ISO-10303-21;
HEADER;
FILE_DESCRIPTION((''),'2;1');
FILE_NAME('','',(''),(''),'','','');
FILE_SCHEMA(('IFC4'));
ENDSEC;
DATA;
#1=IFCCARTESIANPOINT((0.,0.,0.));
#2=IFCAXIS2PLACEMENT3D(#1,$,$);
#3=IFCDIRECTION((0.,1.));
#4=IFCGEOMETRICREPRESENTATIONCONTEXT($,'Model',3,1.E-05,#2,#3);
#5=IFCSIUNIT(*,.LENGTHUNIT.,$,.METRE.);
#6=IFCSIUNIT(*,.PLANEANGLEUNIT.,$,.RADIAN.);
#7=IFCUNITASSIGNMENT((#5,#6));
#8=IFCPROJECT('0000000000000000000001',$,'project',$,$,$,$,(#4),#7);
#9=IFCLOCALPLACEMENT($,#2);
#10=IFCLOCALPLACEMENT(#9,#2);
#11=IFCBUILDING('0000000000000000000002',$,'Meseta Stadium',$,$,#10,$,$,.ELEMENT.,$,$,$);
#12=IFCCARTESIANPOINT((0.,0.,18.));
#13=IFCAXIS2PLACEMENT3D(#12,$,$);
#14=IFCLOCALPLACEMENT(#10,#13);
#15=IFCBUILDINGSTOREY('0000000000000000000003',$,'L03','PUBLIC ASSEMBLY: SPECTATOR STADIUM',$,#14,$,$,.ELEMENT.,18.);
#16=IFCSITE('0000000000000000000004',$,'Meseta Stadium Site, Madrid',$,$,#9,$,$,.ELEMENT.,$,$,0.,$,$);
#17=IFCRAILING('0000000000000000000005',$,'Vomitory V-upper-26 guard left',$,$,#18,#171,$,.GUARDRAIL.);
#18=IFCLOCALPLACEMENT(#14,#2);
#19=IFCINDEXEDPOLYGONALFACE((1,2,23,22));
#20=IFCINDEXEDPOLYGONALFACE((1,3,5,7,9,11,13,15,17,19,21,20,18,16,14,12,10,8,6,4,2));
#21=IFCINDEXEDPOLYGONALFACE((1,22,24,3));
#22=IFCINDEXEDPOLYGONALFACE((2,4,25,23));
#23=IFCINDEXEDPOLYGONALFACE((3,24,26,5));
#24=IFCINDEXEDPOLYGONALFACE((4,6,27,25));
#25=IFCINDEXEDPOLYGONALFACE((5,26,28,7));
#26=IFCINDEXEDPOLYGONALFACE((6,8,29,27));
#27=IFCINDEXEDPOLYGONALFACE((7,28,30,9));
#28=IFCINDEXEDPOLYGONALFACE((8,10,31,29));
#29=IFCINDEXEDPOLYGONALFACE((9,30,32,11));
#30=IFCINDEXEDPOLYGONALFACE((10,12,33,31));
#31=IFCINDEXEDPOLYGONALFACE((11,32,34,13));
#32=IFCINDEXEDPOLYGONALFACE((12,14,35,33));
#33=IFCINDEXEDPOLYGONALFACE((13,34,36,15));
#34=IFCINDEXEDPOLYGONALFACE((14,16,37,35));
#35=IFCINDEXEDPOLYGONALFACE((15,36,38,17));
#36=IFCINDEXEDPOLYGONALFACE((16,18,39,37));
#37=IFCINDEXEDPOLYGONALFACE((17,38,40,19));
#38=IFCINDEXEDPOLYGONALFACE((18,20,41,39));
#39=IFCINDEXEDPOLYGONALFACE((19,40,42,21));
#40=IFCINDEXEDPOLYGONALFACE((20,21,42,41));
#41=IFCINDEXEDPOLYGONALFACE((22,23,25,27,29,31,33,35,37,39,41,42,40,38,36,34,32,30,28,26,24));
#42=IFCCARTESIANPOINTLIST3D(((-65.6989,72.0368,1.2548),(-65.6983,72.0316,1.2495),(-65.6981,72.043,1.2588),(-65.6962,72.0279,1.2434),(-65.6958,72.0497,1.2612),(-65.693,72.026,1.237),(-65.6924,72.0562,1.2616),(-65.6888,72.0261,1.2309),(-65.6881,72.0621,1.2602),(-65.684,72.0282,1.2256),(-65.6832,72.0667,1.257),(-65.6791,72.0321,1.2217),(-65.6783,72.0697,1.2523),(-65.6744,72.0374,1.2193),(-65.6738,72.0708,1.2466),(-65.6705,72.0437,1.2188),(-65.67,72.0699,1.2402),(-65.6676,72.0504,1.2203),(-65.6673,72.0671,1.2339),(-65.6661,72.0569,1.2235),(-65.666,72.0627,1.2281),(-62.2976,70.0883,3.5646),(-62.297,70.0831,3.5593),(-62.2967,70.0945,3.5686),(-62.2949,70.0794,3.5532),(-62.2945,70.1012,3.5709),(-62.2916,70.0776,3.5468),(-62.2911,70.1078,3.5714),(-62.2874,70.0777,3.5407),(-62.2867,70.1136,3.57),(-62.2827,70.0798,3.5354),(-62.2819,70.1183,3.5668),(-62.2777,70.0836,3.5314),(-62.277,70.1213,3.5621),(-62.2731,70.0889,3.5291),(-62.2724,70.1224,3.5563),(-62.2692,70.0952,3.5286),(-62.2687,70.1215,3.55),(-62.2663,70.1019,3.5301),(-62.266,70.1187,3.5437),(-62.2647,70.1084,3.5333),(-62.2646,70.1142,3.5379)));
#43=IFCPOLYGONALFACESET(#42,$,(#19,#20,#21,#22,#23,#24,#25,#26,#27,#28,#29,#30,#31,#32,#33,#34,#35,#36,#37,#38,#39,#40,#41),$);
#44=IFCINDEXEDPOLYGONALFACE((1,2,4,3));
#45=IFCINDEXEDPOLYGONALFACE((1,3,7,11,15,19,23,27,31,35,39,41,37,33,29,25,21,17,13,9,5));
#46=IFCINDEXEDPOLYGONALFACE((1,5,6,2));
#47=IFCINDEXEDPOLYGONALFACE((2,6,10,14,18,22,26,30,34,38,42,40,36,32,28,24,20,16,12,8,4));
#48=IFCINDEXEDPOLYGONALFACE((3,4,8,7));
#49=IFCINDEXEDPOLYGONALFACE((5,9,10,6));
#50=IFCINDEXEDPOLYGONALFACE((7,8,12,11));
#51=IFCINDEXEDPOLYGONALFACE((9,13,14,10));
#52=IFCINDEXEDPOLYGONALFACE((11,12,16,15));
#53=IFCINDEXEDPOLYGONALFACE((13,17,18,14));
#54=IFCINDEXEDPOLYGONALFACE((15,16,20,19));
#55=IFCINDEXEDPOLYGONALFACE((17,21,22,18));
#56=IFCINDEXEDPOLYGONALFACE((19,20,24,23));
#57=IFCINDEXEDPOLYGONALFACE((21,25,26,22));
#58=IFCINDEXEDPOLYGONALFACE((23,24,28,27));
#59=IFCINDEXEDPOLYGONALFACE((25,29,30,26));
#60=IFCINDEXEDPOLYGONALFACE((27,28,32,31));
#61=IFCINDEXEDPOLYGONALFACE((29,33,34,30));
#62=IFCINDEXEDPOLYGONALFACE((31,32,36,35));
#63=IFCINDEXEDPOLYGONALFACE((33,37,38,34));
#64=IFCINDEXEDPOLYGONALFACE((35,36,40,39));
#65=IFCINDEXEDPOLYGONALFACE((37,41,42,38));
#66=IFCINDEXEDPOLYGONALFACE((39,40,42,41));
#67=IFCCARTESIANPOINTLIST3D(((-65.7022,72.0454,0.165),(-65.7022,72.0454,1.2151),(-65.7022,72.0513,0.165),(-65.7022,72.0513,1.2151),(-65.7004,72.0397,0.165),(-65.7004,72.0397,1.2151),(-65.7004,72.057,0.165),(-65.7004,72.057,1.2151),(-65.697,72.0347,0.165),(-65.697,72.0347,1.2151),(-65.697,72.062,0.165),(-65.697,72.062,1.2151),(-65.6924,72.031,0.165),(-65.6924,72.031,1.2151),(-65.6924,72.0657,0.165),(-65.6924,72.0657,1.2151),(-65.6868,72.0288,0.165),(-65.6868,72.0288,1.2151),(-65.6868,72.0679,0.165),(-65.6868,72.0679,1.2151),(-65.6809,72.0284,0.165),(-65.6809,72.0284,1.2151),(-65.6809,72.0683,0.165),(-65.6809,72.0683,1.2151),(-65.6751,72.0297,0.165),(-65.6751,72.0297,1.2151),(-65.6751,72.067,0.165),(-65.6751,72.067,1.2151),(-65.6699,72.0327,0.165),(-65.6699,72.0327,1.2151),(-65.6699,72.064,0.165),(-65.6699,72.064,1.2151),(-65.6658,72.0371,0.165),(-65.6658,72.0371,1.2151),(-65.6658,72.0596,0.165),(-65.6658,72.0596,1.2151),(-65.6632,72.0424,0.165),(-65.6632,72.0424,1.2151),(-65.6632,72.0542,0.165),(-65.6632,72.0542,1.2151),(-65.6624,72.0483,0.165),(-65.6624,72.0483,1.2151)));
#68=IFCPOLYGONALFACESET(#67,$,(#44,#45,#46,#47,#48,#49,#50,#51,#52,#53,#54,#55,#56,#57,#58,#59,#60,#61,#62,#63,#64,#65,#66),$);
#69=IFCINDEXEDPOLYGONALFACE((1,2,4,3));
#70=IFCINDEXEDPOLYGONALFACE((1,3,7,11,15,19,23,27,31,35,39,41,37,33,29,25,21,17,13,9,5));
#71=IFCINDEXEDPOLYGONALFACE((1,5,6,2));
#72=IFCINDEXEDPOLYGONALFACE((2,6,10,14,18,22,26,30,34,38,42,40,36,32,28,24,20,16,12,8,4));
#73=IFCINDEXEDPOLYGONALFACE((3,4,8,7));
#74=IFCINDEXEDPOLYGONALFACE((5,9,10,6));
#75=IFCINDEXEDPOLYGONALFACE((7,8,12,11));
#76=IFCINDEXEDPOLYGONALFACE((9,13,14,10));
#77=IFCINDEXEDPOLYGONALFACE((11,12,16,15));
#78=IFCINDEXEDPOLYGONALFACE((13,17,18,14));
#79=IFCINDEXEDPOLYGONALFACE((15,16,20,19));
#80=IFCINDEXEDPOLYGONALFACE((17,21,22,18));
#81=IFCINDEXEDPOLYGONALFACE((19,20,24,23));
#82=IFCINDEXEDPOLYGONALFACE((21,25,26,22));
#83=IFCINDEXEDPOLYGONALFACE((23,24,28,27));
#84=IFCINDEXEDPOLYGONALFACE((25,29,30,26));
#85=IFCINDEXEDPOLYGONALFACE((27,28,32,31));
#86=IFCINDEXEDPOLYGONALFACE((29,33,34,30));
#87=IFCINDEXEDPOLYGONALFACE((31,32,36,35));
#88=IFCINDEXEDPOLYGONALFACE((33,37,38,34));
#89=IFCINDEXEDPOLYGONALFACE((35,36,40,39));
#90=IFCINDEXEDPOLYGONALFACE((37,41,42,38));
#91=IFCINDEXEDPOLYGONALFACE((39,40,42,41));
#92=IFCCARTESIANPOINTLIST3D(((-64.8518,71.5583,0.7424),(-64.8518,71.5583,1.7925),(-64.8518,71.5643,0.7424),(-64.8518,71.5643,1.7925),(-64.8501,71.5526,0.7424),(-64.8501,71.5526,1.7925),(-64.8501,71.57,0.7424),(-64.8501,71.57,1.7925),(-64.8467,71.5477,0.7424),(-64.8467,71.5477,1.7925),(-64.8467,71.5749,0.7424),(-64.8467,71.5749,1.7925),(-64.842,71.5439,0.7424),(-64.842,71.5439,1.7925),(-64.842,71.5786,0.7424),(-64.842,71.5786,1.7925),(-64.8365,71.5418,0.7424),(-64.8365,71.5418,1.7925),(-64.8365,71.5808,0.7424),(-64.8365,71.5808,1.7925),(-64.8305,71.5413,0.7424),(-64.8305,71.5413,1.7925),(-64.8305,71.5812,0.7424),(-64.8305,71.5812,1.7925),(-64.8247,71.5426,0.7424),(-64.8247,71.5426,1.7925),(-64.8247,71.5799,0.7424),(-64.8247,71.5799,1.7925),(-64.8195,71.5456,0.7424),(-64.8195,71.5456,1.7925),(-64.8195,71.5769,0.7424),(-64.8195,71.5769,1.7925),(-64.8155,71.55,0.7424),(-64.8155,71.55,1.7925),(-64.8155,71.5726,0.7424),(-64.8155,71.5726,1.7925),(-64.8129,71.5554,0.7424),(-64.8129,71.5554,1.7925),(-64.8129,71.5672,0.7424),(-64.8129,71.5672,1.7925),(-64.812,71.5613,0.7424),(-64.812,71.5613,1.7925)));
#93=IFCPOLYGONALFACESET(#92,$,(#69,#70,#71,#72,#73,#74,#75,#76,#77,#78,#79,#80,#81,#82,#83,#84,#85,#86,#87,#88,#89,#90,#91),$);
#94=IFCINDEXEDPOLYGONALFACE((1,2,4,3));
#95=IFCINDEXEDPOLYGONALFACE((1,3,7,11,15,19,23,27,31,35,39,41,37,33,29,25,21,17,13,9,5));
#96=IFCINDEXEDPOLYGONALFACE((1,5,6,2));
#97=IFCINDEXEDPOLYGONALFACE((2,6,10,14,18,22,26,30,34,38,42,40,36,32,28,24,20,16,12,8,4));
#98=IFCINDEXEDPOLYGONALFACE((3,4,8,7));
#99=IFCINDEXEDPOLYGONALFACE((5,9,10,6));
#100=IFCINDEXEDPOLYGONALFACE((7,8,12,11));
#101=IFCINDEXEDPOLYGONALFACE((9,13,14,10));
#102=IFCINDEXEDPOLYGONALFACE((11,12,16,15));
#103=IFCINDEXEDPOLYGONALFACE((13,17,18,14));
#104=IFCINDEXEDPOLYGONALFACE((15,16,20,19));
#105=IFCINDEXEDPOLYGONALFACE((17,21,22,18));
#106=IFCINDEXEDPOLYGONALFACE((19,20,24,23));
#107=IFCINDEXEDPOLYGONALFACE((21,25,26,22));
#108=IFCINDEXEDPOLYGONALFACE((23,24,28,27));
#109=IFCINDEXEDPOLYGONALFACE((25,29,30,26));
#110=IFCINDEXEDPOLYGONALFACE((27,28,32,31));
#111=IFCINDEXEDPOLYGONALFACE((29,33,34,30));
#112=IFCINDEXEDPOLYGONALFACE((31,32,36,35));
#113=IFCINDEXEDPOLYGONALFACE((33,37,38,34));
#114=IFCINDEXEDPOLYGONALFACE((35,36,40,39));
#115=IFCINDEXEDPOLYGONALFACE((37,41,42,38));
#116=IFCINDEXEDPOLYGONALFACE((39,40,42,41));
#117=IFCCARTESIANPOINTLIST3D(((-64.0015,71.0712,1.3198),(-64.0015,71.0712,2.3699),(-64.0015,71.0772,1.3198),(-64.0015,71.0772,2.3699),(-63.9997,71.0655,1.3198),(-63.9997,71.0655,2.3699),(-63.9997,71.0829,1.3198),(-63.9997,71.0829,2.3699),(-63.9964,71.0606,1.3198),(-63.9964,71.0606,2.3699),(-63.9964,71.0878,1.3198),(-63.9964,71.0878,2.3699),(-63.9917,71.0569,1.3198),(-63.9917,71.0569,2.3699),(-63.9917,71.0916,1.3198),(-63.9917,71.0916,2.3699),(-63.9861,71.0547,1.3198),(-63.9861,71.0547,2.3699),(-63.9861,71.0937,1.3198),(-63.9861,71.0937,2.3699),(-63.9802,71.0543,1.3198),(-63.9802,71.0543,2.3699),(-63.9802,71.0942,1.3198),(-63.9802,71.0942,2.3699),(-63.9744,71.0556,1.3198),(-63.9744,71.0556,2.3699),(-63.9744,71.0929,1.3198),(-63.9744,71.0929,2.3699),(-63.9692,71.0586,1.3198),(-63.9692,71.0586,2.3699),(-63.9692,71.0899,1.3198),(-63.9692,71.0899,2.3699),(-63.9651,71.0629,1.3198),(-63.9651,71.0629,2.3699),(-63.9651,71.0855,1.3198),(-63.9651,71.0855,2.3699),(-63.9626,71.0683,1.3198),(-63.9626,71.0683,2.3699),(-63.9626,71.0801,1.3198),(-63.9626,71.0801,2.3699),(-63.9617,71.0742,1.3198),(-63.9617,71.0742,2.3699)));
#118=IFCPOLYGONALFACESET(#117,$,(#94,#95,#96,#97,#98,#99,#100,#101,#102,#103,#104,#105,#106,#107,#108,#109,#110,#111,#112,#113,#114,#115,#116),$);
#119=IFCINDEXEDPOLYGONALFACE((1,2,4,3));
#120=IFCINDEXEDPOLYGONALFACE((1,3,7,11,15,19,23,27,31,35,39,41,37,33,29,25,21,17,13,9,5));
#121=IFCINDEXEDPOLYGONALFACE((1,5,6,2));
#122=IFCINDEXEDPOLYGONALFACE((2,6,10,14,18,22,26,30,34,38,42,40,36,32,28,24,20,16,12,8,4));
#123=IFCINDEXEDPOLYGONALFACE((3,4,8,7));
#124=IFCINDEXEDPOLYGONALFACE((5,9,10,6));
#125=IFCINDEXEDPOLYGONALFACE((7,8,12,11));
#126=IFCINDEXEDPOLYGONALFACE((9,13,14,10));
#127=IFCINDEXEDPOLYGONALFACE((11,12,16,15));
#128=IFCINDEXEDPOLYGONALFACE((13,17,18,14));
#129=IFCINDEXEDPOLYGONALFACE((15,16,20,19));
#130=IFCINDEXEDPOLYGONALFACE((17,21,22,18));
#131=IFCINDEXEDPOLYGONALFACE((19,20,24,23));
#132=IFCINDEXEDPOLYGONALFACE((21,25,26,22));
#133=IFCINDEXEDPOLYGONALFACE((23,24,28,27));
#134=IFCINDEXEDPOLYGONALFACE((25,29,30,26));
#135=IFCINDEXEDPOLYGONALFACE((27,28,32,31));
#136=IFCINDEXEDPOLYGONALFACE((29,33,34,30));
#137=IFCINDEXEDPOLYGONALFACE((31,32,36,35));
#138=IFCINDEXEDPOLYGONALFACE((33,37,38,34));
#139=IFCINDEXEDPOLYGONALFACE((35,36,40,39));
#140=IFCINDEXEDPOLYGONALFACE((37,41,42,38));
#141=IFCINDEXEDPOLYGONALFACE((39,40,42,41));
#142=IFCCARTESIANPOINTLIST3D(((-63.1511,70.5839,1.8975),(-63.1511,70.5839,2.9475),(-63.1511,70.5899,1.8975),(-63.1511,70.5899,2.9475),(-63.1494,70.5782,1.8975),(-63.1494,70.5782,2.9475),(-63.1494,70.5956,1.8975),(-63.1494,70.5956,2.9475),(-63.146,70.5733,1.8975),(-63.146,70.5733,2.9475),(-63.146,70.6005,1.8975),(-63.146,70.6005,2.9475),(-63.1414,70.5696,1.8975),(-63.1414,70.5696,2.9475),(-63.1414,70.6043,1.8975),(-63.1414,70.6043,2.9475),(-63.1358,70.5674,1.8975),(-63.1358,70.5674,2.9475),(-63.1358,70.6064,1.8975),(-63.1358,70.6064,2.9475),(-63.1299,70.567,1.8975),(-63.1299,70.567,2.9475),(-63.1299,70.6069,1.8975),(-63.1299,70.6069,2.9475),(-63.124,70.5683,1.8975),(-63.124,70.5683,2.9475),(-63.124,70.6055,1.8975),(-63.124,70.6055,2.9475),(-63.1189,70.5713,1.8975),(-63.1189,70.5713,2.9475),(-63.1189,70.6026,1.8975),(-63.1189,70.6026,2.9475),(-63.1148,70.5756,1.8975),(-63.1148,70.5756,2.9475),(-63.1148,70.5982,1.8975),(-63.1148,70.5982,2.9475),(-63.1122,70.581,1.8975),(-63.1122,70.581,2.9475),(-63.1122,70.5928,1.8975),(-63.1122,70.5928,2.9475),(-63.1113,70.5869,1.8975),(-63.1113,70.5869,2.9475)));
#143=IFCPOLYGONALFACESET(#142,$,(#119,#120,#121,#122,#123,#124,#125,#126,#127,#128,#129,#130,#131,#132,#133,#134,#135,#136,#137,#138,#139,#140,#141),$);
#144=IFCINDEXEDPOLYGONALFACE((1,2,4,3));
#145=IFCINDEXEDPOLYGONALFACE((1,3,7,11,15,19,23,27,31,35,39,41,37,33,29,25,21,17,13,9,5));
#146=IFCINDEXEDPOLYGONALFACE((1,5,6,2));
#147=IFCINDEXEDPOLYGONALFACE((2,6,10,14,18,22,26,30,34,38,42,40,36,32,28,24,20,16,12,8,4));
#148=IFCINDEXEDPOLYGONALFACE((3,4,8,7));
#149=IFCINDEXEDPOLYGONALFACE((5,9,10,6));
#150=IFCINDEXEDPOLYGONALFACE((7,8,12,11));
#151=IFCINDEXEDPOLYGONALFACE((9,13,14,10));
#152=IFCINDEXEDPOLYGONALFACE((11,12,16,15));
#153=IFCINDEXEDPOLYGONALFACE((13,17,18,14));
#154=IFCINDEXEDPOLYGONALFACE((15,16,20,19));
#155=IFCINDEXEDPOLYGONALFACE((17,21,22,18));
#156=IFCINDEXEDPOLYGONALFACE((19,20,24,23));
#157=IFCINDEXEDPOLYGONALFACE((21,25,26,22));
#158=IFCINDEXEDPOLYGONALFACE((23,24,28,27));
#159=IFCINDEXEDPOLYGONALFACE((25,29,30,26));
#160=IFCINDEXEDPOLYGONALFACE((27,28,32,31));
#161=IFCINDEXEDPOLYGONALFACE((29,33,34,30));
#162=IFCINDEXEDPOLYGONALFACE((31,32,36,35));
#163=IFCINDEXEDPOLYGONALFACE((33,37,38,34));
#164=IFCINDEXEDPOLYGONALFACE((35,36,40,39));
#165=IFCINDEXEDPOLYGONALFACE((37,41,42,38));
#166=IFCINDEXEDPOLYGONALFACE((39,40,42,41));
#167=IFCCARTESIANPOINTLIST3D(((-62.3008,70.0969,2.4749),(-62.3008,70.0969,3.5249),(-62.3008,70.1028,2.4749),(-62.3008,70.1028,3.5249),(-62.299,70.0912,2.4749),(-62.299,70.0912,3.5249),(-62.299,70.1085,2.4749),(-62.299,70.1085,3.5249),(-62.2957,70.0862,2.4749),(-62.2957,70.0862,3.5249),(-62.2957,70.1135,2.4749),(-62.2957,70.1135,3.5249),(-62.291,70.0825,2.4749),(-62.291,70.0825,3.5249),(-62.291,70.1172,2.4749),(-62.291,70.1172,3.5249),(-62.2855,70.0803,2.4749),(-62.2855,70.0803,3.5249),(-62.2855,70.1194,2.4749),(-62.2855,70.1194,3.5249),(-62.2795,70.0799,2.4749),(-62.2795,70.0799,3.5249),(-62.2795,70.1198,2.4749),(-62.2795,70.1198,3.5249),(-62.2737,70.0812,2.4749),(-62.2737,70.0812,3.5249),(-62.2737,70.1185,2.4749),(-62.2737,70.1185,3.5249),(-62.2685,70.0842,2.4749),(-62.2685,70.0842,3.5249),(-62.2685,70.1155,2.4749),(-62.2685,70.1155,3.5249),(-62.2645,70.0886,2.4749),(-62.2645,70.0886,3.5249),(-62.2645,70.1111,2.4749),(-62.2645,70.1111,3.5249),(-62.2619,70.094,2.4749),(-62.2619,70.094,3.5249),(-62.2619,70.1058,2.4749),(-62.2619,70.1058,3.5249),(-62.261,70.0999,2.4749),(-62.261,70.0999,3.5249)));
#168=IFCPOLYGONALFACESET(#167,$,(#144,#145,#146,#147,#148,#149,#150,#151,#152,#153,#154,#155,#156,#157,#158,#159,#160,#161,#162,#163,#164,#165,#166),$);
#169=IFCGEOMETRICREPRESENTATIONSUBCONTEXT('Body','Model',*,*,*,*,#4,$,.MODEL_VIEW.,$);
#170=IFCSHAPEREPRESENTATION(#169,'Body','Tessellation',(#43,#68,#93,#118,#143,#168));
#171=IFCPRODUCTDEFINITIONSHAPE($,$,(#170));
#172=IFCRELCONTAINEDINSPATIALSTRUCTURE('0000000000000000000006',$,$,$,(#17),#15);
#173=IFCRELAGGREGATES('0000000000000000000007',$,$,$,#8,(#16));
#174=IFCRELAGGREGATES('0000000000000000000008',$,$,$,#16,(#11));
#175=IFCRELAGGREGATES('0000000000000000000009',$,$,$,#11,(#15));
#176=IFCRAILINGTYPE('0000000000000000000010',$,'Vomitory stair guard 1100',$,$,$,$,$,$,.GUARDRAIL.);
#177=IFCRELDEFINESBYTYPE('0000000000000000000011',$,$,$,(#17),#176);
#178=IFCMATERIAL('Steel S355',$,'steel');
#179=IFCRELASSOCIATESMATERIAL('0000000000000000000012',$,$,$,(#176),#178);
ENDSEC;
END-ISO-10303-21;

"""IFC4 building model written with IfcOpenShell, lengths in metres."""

from ifc_helpers import new_model, si_unit, direction, frame, origin, origin_2d, place, context, subcontext, project, spatial, circle, extrude, material, type_object, element, save


model = new_model("IFC4")

# Units and contexts
model_context = context("Model", 3, precision=1e-05, world=origin(), true_north=direction((0.0, 1.0)))
body_context = subcontext(model_context, "Body", "Model", "MODEL_VIEW")
ifc_project = project(units=[si_unit("LENGTHUNIT", "METRE"), si_unit("PLANEANGLEUNIT", "RADIAN")], contexts=[model_context])

# Site, building, storey
site_placement = place(None, origin())
site = spatial("IfcSite", under=ifc_project, at=site_placement, Name="Meseta Stadium Site, Madrid", CompositionType="ELEMENT", RefElevation=0.0)
building_placement = place(site_placement, origin())
building = spatial("IfcBuilding", under=site, at=building_placement, Name="Meseta Stadium", CompositionType="ELEMENT")
storey_placement = place(building_placement, frame((0.0, 0.0, 18.0)))
storey = spatial("IfcBuildingStorey", under=building, at=storey_placement, Name="L03", Description="PUBLIC ASSEMBLY: SPECTATOR STADIUM", CompositionType="ELEMENT", Elevation=18.0)

# Railing
ifc_material_1 = material(Name="Steel S355", Category="steel")
railing_type_1 = type_object("IfcRailingType", Name="Vomitory stair guard 1100", PredefinedType="GUARDRAIL", material=ifc_material_1)
railing_1_placement = place(storey_placement, frame((-65.6824, 72.0483, 0.165)))
element("IfcRailing", 1, at=railing_1_placement, inside=storey, type_object=railing_type_1, Name="Vomitory V-upper-26 guard left", PredefinedType="GUARDRAIL", context=body_context, shape_type="SweptSolid", body=[
    extrude(circle(Radius=0.0249, at=origin_2d()), frame((0.0, 0.0, 1.0752), z_axis=(0.747578, -0.428253, 0.507668), x_axis=(0.497071, 0.86771, 0.0)), (0.0, 0.0, 1.0), 4.5498),
    extrude(circle(Radius=0.02, at=origin_2d()), origin(), (0.0, 0.0, 1.0), 1.05),
    extrude(circle(Radius=0.02, at=origin_2d()), frame((0.8503, -0.4871, 0.5774)), (0.0, 0.0, 1.0), 1.05),
    extrude(circle(Radius=0.02, at=origin_2d()), frame((1.7007, -0.9741, 1.1548)), (0.0, 0.0, 1.0), 1.05),
    extrude(circle(Radius=0.02, at=origin_2d()), frame((2.551, -1.4614, 1.7324)), (0.0, 0.0, 1.0), 1.05),
    extrude(circle(Radius=0.02, at=origin_2d()), frame((3.4014, -1.9485, 2.3098)), (0.0, 0.0, 1.0), 1.05),
])

save(model, "model.ifc")
